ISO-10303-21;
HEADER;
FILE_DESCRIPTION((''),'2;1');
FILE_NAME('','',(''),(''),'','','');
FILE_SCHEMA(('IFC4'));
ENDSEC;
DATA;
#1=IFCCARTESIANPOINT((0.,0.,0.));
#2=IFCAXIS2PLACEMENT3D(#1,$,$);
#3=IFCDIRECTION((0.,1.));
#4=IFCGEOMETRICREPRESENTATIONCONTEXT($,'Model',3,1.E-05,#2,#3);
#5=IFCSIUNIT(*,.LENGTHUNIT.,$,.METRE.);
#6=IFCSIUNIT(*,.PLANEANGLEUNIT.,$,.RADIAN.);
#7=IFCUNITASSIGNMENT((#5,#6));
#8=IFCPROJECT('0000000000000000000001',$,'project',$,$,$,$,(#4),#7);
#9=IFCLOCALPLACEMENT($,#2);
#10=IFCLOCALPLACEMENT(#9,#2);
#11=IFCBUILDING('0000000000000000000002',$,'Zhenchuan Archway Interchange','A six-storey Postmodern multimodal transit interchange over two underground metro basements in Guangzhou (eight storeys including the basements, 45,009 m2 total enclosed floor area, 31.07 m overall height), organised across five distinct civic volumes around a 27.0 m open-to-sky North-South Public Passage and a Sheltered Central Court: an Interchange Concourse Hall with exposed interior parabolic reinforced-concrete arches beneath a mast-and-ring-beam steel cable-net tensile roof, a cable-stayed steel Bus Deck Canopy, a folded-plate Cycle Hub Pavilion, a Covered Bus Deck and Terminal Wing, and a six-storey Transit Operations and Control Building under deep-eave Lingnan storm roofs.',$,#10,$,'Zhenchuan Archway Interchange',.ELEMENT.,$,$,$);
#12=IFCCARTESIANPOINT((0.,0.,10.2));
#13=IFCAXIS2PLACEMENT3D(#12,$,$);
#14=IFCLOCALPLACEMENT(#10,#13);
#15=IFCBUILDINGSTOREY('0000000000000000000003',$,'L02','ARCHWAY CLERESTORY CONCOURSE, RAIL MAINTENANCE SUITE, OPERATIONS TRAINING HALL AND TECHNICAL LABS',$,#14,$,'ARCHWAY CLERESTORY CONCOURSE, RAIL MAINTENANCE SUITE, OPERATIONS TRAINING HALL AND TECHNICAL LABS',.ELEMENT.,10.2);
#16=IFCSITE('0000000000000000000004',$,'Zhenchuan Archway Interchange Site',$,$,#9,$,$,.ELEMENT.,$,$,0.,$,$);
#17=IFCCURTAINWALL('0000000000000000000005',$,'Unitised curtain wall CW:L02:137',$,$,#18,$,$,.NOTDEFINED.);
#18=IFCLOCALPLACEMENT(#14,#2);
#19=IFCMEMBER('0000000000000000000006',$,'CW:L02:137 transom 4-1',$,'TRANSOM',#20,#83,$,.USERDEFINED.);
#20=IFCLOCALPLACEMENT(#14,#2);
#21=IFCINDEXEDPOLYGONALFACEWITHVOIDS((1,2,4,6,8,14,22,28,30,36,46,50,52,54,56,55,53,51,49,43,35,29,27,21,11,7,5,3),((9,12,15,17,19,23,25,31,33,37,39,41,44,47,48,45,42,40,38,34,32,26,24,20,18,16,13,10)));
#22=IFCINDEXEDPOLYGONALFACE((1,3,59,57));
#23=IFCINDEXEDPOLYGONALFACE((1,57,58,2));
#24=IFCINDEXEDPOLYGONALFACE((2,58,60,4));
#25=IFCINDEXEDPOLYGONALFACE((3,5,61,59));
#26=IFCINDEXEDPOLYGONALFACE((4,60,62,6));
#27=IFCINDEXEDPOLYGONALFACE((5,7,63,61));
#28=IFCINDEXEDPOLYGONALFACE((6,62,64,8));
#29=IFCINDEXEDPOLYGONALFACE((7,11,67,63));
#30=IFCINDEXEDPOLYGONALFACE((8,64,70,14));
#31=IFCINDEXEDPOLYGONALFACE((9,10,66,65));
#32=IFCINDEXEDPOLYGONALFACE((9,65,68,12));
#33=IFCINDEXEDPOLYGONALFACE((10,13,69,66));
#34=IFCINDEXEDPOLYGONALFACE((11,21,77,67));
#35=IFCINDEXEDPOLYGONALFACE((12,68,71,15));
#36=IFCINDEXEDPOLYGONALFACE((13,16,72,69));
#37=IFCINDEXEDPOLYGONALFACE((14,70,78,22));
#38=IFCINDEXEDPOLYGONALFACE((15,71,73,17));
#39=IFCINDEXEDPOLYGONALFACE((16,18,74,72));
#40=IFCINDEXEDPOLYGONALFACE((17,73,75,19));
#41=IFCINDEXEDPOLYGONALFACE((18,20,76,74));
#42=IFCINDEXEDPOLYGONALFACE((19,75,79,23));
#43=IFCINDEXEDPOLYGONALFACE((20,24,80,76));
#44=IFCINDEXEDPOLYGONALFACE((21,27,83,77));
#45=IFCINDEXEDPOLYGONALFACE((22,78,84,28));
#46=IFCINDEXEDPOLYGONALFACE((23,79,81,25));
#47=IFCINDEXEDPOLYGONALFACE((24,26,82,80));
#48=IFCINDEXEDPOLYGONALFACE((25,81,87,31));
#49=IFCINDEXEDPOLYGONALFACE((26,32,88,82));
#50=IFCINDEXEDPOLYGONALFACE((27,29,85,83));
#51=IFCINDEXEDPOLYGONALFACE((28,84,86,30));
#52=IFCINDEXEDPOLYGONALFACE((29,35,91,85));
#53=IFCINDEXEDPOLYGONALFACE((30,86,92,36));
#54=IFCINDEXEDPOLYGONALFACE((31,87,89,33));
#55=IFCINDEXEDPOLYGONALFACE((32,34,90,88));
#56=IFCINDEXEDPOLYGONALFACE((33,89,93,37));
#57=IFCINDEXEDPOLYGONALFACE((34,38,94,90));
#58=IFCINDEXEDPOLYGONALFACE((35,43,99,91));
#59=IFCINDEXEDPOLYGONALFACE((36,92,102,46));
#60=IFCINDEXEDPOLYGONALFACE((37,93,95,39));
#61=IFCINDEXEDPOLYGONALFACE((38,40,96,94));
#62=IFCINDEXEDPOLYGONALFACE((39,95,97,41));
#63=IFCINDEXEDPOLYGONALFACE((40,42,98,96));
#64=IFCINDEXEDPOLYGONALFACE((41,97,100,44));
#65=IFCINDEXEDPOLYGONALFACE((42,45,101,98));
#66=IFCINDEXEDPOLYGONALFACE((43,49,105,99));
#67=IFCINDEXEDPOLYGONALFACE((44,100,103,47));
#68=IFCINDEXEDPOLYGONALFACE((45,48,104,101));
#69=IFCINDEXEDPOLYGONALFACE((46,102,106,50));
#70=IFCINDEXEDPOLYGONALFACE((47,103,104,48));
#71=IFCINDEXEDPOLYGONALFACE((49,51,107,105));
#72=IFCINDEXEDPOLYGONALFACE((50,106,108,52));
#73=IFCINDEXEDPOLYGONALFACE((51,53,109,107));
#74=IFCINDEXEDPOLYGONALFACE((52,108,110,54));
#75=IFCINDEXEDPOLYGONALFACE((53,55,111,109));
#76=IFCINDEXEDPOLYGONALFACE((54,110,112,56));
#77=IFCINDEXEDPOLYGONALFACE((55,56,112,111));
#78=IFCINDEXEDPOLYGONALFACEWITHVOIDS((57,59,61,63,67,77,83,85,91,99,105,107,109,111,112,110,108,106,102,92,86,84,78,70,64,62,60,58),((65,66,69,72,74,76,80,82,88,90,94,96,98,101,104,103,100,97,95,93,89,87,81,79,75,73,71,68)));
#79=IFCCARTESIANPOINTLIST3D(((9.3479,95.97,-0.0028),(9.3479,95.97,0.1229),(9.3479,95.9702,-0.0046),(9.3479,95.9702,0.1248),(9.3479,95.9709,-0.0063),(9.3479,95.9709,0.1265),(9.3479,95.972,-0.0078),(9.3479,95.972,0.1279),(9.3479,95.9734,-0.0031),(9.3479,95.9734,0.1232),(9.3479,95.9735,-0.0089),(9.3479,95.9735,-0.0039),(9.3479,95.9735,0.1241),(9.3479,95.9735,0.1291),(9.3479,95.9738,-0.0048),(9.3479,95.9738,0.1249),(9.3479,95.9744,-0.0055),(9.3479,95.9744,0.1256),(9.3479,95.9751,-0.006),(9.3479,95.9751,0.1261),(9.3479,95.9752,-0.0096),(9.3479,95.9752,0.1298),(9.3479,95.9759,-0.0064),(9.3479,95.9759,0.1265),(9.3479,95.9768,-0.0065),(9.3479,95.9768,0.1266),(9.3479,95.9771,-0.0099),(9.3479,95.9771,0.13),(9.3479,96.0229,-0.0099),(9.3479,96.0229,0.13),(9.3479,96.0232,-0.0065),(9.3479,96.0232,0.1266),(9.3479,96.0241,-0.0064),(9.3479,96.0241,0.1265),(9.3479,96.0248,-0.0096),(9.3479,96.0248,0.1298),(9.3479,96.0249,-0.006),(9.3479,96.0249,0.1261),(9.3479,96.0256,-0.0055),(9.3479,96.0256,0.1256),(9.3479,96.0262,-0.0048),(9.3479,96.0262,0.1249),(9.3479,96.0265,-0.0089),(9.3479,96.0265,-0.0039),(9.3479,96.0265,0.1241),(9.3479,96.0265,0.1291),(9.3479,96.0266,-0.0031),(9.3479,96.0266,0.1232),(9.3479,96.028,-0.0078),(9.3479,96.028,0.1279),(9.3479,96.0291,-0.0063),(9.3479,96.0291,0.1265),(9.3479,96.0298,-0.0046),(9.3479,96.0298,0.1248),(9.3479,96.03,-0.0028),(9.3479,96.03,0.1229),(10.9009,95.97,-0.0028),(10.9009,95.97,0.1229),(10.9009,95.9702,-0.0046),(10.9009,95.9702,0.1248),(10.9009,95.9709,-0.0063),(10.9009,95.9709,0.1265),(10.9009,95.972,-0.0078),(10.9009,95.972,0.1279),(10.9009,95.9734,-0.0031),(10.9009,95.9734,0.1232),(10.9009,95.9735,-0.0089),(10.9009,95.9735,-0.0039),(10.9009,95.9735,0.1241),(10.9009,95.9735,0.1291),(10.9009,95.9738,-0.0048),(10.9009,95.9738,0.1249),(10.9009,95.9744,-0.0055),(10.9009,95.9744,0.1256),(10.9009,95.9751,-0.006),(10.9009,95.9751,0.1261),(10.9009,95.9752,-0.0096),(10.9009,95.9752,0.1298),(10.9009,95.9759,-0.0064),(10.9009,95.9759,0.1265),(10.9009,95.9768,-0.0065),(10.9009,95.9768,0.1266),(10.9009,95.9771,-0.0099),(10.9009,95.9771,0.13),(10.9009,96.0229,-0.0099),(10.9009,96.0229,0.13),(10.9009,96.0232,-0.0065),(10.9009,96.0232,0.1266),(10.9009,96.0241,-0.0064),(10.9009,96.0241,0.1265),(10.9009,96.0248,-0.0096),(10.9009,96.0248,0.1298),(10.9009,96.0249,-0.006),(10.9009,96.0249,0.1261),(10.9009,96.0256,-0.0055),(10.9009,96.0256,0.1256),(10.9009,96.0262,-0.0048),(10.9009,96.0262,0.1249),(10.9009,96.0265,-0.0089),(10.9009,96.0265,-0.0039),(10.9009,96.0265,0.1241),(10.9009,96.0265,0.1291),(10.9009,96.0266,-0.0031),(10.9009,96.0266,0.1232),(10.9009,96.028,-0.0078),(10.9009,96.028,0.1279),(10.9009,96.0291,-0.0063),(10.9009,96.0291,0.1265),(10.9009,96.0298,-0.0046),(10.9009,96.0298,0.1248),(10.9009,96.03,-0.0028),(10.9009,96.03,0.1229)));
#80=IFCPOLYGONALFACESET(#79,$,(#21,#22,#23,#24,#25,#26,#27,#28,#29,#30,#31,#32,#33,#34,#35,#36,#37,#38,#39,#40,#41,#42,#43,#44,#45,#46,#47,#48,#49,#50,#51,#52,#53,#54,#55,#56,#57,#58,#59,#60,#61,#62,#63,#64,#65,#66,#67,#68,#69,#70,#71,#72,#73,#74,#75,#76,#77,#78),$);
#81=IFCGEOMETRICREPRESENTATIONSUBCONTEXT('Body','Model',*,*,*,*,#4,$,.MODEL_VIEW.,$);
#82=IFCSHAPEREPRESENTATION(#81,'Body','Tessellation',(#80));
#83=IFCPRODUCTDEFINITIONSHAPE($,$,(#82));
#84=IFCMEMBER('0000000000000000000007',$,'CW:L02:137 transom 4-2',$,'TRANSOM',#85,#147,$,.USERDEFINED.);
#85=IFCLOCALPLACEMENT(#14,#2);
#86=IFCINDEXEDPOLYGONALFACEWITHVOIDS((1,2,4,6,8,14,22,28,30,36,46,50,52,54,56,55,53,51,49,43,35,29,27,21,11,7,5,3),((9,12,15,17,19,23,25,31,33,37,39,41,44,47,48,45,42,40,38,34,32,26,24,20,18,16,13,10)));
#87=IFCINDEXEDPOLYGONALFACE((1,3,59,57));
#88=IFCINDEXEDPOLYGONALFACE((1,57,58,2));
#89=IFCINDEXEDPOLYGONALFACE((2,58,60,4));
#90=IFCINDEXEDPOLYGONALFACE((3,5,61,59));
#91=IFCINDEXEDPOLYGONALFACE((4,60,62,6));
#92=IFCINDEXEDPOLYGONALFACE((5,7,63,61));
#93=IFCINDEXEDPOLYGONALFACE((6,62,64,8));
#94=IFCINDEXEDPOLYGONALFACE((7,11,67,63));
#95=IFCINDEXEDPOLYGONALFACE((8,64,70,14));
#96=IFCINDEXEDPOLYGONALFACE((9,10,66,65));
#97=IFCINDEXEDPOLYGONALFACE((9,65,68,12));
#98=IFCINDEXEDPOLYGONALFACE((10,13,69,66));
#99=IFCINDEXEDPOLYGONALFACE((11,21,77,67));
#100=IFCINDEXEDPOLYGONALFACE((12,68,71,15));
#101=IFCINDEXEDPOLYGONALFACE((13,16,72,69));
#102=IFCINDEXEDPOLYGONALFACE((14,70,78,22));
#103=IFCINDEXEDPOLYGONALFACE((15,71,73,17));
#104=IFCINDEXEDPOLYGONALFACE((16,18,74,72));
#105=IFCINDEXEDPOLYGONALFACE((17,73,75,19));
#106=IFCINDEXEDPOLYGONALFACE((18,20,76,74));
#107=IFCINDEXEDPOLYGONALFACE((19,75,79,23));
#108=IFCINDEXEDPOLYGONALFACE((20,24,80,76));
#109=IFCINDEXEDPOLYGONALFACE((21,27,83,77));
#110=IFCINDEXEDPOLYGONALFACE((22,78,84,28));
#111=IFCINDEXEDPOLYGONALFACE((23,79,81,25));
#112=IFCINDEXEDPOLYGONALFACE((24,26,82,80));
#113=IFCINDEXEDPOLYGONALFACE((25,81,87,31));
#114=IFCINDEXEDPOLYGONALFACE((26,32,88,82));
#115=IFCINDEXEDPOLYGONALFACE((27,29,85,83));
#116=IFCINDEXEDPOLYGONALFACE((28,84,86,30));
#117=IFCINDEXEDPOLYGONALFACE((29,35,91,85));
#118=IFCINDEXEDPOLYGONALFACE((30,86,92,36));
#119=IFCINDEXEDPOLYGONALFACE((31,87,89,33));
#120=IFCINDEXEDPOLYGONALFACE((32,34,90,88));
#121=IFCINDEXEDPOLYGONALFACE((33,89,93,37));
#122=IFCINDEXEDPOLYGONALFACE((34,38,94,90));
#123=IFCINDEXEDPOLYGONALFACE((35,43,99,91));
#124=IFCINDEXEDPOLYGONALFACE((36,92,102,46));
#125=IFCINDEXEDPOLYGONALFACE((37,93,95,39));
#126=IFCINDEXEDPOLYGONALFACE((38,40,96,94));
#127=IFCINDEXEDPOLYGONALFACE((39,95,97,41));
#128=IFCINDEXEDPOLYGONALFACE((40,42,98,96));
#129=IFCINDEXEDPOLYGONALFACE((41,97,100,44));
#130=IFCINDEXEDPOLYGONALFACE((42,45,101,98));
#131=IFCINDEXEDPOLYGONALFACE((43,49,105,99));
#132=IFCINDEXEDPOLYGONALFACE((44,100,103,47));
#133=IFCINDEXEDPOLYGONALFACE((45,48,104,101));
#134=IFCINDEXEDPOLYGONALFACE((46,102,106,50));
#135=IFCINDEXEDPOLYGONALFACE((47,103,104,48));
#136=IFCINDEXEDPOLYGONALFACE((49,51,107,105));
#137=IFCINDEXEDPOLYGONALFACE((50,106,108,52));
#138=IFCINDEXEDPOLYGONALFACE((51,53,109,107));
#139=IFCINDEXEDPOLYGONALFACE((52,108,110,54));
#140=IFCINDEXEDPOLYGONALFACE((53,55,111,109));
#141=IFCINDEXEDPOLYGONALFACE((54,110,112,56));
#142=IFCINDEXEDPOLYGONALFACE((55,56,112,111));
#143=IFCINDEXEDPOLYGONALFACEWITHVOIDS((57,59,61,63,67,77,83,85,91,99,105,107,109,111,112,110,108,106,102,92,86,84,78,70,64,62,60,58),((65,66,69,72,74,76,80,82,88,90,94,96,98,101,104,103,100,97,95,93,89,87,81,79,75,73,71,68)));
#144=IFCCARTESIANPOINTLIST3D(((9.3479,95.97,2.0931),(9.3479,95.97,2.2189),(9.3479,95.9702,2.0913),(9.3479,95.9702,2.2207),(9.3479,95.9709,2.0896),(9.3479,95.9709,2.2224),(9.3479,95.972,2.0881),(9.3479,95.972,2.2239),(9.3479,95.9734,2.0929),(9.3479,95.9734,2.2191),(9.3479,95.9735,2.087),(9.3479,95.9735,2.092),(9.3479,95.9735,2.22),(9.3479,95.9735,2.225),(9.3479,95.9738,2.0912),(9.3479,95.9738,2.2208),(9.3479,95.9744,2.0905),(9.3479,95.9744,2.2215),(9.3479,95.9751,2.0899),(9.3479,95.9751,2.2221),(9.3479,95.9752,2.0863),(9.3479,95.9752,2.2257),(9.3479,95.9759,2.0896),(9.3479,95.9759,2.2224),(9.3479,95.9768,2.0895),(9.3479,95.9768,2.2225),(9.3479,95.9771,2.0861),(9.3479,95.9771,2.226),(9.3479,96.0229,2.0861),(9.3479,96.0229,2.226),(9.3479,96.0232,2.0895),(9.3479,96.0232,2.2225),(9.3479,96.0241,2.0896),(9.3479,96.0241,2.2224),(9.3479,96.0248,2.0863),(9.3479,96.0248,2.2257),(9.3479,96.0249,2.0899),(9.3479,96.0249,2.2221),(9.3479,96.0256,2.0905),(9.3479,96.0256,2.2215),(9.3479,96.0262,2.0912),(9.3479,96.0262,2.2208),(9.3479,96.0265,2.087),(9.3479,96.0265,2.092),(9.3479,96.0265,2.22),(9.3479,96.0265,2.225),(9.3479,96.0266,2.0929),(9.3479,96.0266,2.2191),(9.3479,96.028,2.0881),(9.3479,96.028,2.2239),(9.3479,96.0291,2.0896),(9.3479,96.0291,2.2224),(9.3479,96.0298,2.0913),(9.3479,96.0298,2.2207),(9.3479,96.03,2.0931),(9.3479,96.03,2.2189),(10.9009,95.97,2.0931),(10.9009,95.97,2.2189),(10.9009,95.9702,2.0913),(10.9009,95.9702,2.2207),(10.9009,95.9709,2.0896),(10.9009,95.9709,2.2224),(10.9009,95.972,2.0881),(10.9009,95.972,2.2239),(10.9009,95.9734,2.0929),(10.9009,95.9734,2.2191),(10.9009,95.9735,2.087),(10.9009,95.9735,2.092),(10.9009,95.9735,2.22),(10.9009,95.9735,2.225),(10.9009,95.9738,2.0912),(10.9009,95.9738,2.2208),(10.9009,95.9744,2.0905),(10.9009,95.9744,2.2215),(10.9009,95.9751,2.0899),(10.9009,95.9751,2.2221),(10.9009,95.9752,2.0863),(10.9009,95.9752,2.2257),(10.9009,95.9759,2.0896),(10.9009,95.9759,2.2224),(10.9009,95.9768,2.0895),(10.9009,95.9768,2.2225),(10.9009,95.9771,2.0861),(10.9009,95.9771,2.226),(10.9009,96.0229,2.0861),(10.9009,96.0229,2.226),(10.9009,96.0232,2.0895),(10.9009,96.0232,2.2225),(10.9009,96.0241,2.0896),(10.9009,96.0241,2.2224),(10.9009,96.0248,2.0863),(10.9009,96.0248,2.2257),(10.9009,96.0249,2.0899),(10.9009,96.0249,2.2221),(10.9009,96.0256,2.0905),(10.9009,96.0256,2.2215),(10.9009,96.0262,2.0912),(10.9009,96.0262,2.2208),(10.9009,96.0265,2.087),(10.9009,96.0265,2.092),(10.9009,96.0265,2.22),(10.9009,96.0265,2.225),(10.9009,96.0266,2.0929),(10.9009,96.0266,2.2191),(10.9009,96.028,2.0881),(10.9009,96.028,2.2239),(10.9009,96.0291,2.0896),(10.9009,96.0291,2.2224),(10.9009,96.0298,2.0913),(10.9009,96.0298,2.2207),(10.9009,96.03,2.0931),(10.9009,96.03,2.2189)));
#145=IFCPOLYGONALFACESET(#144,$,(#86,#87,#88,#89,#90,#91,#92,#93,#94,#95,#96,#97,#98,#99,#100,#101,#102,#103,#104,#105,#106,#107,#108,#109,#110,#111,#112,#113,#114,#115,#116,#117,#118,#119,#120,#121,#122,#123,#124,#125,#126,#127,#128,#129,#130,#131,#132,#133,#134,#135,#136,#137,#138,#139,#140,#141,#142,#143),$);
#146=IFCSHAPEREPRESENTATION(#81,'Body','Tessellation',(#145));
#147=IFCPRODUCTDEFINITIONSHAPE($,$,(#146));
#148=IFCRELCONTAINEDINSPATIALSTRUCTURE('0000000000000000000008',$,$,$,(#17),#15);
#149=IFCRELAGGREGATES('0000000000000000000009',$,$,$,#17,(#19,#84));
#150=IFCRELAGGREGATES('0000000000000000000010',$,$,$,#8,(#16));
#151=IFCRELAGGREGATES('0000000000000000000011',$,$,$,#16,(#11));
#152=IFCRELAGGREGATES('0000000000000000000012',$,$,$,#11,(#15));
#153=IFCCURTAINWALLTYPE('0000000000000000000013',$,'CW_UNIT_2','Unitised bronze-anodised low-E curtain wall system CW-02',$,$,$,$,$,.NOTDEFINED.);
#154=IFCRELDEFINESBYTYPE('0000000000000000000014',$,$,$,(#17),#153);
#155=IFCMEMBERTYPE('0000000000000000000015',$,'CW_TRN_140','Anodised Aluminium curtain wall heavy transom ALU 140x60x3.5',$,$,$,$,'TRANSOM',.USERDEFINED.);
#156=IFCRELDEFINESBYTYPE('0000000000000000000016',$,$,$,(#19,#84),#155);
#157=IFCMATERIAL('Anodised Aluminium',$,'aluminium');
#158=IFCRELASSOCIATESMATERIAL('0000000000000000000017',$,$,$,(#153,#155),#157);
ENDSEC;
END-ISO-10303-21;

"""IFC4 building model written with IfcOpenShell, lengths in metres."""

from ifc_helpers import new_model, si_unit, direction, frame, origin, origin_2d, place, context, subcontext, project, spatial, hollow_rectangle, extrude, material, material_profile, profile_set, type_object, element, aggregate, save


model = new_model("IFC4")

# Units and contexts
model_context = context("Model", 3, precision=1e-05, world=origin(), true_north=direction((0.0, 1.0)))
body_context = subcontext(model_context, "Body", "Model", "MODEL_VIEW")
ifc_project = project(units=[si_unit("LENGTHUNIT", "METRE"), si_unit("PLANEANGLEUNIT", "RADIAN")], contexts=[model_context])

# Site, building, storey
site_placement = place(None, origin())
site = spatial("IfcSite", under=ifc_project, at=site_placement, Name="Zhenchuan Archway Interchange Site", CompositionType="ELEMENT", RefElevation=0.0)
building_placement = place(site_placement, origin())
building = spatial("IfcBuilding", under=site, at=building_placement, Name="Zhenchuan Archway Interchange", Description="A six-storey Postmodern multimodal transit interchange over two underground metro basements in Guangzhou (eight storeys including the basements, 45,009 m2 total enclosed floor area, 31.07 m overall height), organised across five distinct civic volumes around a 27.0 m open-to-sky North-South Public Passage and a Sheltered Central Court: an Interchange Concourse Hall with exposed interior parabolic reinforced-concrete arches beneath a mast-and-ring-beam steel cable-net tensile roof, a cable-stayed steel Bus Deck Canopy, a folded-plate Cycle Hub Pavilion, a Covered Bus Deck and Terminal Wing, and a six-storey Transit Operations and Control Building under deep-eave Lingnan storm roofs.", LongName="Zhenchuan Archway Interchange", CompositionType="ELEMENT")
storey_placement = place(building_placement, frame((0.0, 0.0, 10.2)))
storey = spatial("IfcBuildingStorey", under=building, at=storey_placement, Name="L02", Description="ARCHWAY CLERESTORY CONCOURSE, RAIL MAINTENANCE SUITE, OPERATIONS TRAINING HALL AND TECHNICAL LABS", LongName="ARCHWAY CLERESTORY CONCOURSE, RAIL MAINTENANCE SUITE, OPERATIONS TRAINING HALL AND TECHNICAL LABS", CompositionType="ELEMENT", Elevation=10.2)

# Curtain wall, members
ifc_material_1 = material(Name="Anodised Aluminium", Category="aluminium")
curtain_wall_type = type_object("IfcCurtainWallType", Name="CW_UNIT_2", Description="Unitised bronze-anodised low-E curtain wall system CW-02", PredefinedType="NOTDEFINED", material=ifc_material_1)
curtain_wall_placement = place(storey_placement, origin())
curtain_wall = element("IfcCurtainWall", 1, at=curtain_wall_placement, inside=storey, type_object=curtain_wall_type, Name="Unitised curtain wall CW:L02:137", PredefinedType="NOTDEFINED")
ifc_material_profile_1 = material_profile(ifc_material_1, hollow_rectangle(XDim=0.0601, YDim=0.1399, WallThickness=0.0034, InnerFilletRadius=0.0034, OuterFilletRadius=0.0071, at=origin_2d()), Name="ALU 140x60x3.5")
ifc_profile_set_1 = profile_set([ifc_material_profile_1], Name="Anodised Aluminium")
member_type_1 = type_object("IfcMemberType", Name="CW_TRN_140", Description="Anodised Aluminium curtain wall heavy transom ALU 140x60x3.5", ElementType="TRANSOM", PredefinedType="USERDEFINED", material=ifc_profile_set_1)
member_1_placement = place(storey_placement, frame((10.9009, 96.0, 0.0601), z_axis=(-1.0, 0.0, 0.0), x_axis=(0.0, -1.0, 0.0)))
member_1 = element("IfcMember", 2, at=member_1_placement, type_object=member_type_1, Name="CW:L02:137 transom 4-1", ObjectType="TRANSOM", PredefinedType="USERDEFINED", context=body_context, shape_type="SweptSolid", body=[
    extrude(hollow_rectangle(XDim=0.0601, YDim=0.1399, WallThickness=0.0034, InnerFilletRadius=0.0034, OuterFilletRadius=0.0071, at=origin_2d()), origin(), (0.0, 0.0, 1.0), 1.553),
])
member_2_placement = place(storey_placement, frame((10.9009, 96.0, 2.156), z_axis=(-1.0, 0.0, 0.0), x_axis=(0.0, -1.0, 0.0)))
member_2 = element("IfcMember", 3, at=member_2_placement, type_object=member_type_1, Name="CW:L02:137 transom 4-2", ObjectType="TRANSOM", PredefinedType="USERDEFINED", context=body_context, shape_type="SweptSolid", body=[
    extrude(hollow_rectangle(XDim=0.0601, YDim=0.1399, WallThickness=0.0034, InnerFilletRadius=0.0034, OuterFilletRadius=0.0071, at=origin_2d()), origin(), (0.0, 0.0, 1.0), 1.553),
])

aggregate(curtain_wall, [member_1, member_2])

save(model, "model.ifc")
